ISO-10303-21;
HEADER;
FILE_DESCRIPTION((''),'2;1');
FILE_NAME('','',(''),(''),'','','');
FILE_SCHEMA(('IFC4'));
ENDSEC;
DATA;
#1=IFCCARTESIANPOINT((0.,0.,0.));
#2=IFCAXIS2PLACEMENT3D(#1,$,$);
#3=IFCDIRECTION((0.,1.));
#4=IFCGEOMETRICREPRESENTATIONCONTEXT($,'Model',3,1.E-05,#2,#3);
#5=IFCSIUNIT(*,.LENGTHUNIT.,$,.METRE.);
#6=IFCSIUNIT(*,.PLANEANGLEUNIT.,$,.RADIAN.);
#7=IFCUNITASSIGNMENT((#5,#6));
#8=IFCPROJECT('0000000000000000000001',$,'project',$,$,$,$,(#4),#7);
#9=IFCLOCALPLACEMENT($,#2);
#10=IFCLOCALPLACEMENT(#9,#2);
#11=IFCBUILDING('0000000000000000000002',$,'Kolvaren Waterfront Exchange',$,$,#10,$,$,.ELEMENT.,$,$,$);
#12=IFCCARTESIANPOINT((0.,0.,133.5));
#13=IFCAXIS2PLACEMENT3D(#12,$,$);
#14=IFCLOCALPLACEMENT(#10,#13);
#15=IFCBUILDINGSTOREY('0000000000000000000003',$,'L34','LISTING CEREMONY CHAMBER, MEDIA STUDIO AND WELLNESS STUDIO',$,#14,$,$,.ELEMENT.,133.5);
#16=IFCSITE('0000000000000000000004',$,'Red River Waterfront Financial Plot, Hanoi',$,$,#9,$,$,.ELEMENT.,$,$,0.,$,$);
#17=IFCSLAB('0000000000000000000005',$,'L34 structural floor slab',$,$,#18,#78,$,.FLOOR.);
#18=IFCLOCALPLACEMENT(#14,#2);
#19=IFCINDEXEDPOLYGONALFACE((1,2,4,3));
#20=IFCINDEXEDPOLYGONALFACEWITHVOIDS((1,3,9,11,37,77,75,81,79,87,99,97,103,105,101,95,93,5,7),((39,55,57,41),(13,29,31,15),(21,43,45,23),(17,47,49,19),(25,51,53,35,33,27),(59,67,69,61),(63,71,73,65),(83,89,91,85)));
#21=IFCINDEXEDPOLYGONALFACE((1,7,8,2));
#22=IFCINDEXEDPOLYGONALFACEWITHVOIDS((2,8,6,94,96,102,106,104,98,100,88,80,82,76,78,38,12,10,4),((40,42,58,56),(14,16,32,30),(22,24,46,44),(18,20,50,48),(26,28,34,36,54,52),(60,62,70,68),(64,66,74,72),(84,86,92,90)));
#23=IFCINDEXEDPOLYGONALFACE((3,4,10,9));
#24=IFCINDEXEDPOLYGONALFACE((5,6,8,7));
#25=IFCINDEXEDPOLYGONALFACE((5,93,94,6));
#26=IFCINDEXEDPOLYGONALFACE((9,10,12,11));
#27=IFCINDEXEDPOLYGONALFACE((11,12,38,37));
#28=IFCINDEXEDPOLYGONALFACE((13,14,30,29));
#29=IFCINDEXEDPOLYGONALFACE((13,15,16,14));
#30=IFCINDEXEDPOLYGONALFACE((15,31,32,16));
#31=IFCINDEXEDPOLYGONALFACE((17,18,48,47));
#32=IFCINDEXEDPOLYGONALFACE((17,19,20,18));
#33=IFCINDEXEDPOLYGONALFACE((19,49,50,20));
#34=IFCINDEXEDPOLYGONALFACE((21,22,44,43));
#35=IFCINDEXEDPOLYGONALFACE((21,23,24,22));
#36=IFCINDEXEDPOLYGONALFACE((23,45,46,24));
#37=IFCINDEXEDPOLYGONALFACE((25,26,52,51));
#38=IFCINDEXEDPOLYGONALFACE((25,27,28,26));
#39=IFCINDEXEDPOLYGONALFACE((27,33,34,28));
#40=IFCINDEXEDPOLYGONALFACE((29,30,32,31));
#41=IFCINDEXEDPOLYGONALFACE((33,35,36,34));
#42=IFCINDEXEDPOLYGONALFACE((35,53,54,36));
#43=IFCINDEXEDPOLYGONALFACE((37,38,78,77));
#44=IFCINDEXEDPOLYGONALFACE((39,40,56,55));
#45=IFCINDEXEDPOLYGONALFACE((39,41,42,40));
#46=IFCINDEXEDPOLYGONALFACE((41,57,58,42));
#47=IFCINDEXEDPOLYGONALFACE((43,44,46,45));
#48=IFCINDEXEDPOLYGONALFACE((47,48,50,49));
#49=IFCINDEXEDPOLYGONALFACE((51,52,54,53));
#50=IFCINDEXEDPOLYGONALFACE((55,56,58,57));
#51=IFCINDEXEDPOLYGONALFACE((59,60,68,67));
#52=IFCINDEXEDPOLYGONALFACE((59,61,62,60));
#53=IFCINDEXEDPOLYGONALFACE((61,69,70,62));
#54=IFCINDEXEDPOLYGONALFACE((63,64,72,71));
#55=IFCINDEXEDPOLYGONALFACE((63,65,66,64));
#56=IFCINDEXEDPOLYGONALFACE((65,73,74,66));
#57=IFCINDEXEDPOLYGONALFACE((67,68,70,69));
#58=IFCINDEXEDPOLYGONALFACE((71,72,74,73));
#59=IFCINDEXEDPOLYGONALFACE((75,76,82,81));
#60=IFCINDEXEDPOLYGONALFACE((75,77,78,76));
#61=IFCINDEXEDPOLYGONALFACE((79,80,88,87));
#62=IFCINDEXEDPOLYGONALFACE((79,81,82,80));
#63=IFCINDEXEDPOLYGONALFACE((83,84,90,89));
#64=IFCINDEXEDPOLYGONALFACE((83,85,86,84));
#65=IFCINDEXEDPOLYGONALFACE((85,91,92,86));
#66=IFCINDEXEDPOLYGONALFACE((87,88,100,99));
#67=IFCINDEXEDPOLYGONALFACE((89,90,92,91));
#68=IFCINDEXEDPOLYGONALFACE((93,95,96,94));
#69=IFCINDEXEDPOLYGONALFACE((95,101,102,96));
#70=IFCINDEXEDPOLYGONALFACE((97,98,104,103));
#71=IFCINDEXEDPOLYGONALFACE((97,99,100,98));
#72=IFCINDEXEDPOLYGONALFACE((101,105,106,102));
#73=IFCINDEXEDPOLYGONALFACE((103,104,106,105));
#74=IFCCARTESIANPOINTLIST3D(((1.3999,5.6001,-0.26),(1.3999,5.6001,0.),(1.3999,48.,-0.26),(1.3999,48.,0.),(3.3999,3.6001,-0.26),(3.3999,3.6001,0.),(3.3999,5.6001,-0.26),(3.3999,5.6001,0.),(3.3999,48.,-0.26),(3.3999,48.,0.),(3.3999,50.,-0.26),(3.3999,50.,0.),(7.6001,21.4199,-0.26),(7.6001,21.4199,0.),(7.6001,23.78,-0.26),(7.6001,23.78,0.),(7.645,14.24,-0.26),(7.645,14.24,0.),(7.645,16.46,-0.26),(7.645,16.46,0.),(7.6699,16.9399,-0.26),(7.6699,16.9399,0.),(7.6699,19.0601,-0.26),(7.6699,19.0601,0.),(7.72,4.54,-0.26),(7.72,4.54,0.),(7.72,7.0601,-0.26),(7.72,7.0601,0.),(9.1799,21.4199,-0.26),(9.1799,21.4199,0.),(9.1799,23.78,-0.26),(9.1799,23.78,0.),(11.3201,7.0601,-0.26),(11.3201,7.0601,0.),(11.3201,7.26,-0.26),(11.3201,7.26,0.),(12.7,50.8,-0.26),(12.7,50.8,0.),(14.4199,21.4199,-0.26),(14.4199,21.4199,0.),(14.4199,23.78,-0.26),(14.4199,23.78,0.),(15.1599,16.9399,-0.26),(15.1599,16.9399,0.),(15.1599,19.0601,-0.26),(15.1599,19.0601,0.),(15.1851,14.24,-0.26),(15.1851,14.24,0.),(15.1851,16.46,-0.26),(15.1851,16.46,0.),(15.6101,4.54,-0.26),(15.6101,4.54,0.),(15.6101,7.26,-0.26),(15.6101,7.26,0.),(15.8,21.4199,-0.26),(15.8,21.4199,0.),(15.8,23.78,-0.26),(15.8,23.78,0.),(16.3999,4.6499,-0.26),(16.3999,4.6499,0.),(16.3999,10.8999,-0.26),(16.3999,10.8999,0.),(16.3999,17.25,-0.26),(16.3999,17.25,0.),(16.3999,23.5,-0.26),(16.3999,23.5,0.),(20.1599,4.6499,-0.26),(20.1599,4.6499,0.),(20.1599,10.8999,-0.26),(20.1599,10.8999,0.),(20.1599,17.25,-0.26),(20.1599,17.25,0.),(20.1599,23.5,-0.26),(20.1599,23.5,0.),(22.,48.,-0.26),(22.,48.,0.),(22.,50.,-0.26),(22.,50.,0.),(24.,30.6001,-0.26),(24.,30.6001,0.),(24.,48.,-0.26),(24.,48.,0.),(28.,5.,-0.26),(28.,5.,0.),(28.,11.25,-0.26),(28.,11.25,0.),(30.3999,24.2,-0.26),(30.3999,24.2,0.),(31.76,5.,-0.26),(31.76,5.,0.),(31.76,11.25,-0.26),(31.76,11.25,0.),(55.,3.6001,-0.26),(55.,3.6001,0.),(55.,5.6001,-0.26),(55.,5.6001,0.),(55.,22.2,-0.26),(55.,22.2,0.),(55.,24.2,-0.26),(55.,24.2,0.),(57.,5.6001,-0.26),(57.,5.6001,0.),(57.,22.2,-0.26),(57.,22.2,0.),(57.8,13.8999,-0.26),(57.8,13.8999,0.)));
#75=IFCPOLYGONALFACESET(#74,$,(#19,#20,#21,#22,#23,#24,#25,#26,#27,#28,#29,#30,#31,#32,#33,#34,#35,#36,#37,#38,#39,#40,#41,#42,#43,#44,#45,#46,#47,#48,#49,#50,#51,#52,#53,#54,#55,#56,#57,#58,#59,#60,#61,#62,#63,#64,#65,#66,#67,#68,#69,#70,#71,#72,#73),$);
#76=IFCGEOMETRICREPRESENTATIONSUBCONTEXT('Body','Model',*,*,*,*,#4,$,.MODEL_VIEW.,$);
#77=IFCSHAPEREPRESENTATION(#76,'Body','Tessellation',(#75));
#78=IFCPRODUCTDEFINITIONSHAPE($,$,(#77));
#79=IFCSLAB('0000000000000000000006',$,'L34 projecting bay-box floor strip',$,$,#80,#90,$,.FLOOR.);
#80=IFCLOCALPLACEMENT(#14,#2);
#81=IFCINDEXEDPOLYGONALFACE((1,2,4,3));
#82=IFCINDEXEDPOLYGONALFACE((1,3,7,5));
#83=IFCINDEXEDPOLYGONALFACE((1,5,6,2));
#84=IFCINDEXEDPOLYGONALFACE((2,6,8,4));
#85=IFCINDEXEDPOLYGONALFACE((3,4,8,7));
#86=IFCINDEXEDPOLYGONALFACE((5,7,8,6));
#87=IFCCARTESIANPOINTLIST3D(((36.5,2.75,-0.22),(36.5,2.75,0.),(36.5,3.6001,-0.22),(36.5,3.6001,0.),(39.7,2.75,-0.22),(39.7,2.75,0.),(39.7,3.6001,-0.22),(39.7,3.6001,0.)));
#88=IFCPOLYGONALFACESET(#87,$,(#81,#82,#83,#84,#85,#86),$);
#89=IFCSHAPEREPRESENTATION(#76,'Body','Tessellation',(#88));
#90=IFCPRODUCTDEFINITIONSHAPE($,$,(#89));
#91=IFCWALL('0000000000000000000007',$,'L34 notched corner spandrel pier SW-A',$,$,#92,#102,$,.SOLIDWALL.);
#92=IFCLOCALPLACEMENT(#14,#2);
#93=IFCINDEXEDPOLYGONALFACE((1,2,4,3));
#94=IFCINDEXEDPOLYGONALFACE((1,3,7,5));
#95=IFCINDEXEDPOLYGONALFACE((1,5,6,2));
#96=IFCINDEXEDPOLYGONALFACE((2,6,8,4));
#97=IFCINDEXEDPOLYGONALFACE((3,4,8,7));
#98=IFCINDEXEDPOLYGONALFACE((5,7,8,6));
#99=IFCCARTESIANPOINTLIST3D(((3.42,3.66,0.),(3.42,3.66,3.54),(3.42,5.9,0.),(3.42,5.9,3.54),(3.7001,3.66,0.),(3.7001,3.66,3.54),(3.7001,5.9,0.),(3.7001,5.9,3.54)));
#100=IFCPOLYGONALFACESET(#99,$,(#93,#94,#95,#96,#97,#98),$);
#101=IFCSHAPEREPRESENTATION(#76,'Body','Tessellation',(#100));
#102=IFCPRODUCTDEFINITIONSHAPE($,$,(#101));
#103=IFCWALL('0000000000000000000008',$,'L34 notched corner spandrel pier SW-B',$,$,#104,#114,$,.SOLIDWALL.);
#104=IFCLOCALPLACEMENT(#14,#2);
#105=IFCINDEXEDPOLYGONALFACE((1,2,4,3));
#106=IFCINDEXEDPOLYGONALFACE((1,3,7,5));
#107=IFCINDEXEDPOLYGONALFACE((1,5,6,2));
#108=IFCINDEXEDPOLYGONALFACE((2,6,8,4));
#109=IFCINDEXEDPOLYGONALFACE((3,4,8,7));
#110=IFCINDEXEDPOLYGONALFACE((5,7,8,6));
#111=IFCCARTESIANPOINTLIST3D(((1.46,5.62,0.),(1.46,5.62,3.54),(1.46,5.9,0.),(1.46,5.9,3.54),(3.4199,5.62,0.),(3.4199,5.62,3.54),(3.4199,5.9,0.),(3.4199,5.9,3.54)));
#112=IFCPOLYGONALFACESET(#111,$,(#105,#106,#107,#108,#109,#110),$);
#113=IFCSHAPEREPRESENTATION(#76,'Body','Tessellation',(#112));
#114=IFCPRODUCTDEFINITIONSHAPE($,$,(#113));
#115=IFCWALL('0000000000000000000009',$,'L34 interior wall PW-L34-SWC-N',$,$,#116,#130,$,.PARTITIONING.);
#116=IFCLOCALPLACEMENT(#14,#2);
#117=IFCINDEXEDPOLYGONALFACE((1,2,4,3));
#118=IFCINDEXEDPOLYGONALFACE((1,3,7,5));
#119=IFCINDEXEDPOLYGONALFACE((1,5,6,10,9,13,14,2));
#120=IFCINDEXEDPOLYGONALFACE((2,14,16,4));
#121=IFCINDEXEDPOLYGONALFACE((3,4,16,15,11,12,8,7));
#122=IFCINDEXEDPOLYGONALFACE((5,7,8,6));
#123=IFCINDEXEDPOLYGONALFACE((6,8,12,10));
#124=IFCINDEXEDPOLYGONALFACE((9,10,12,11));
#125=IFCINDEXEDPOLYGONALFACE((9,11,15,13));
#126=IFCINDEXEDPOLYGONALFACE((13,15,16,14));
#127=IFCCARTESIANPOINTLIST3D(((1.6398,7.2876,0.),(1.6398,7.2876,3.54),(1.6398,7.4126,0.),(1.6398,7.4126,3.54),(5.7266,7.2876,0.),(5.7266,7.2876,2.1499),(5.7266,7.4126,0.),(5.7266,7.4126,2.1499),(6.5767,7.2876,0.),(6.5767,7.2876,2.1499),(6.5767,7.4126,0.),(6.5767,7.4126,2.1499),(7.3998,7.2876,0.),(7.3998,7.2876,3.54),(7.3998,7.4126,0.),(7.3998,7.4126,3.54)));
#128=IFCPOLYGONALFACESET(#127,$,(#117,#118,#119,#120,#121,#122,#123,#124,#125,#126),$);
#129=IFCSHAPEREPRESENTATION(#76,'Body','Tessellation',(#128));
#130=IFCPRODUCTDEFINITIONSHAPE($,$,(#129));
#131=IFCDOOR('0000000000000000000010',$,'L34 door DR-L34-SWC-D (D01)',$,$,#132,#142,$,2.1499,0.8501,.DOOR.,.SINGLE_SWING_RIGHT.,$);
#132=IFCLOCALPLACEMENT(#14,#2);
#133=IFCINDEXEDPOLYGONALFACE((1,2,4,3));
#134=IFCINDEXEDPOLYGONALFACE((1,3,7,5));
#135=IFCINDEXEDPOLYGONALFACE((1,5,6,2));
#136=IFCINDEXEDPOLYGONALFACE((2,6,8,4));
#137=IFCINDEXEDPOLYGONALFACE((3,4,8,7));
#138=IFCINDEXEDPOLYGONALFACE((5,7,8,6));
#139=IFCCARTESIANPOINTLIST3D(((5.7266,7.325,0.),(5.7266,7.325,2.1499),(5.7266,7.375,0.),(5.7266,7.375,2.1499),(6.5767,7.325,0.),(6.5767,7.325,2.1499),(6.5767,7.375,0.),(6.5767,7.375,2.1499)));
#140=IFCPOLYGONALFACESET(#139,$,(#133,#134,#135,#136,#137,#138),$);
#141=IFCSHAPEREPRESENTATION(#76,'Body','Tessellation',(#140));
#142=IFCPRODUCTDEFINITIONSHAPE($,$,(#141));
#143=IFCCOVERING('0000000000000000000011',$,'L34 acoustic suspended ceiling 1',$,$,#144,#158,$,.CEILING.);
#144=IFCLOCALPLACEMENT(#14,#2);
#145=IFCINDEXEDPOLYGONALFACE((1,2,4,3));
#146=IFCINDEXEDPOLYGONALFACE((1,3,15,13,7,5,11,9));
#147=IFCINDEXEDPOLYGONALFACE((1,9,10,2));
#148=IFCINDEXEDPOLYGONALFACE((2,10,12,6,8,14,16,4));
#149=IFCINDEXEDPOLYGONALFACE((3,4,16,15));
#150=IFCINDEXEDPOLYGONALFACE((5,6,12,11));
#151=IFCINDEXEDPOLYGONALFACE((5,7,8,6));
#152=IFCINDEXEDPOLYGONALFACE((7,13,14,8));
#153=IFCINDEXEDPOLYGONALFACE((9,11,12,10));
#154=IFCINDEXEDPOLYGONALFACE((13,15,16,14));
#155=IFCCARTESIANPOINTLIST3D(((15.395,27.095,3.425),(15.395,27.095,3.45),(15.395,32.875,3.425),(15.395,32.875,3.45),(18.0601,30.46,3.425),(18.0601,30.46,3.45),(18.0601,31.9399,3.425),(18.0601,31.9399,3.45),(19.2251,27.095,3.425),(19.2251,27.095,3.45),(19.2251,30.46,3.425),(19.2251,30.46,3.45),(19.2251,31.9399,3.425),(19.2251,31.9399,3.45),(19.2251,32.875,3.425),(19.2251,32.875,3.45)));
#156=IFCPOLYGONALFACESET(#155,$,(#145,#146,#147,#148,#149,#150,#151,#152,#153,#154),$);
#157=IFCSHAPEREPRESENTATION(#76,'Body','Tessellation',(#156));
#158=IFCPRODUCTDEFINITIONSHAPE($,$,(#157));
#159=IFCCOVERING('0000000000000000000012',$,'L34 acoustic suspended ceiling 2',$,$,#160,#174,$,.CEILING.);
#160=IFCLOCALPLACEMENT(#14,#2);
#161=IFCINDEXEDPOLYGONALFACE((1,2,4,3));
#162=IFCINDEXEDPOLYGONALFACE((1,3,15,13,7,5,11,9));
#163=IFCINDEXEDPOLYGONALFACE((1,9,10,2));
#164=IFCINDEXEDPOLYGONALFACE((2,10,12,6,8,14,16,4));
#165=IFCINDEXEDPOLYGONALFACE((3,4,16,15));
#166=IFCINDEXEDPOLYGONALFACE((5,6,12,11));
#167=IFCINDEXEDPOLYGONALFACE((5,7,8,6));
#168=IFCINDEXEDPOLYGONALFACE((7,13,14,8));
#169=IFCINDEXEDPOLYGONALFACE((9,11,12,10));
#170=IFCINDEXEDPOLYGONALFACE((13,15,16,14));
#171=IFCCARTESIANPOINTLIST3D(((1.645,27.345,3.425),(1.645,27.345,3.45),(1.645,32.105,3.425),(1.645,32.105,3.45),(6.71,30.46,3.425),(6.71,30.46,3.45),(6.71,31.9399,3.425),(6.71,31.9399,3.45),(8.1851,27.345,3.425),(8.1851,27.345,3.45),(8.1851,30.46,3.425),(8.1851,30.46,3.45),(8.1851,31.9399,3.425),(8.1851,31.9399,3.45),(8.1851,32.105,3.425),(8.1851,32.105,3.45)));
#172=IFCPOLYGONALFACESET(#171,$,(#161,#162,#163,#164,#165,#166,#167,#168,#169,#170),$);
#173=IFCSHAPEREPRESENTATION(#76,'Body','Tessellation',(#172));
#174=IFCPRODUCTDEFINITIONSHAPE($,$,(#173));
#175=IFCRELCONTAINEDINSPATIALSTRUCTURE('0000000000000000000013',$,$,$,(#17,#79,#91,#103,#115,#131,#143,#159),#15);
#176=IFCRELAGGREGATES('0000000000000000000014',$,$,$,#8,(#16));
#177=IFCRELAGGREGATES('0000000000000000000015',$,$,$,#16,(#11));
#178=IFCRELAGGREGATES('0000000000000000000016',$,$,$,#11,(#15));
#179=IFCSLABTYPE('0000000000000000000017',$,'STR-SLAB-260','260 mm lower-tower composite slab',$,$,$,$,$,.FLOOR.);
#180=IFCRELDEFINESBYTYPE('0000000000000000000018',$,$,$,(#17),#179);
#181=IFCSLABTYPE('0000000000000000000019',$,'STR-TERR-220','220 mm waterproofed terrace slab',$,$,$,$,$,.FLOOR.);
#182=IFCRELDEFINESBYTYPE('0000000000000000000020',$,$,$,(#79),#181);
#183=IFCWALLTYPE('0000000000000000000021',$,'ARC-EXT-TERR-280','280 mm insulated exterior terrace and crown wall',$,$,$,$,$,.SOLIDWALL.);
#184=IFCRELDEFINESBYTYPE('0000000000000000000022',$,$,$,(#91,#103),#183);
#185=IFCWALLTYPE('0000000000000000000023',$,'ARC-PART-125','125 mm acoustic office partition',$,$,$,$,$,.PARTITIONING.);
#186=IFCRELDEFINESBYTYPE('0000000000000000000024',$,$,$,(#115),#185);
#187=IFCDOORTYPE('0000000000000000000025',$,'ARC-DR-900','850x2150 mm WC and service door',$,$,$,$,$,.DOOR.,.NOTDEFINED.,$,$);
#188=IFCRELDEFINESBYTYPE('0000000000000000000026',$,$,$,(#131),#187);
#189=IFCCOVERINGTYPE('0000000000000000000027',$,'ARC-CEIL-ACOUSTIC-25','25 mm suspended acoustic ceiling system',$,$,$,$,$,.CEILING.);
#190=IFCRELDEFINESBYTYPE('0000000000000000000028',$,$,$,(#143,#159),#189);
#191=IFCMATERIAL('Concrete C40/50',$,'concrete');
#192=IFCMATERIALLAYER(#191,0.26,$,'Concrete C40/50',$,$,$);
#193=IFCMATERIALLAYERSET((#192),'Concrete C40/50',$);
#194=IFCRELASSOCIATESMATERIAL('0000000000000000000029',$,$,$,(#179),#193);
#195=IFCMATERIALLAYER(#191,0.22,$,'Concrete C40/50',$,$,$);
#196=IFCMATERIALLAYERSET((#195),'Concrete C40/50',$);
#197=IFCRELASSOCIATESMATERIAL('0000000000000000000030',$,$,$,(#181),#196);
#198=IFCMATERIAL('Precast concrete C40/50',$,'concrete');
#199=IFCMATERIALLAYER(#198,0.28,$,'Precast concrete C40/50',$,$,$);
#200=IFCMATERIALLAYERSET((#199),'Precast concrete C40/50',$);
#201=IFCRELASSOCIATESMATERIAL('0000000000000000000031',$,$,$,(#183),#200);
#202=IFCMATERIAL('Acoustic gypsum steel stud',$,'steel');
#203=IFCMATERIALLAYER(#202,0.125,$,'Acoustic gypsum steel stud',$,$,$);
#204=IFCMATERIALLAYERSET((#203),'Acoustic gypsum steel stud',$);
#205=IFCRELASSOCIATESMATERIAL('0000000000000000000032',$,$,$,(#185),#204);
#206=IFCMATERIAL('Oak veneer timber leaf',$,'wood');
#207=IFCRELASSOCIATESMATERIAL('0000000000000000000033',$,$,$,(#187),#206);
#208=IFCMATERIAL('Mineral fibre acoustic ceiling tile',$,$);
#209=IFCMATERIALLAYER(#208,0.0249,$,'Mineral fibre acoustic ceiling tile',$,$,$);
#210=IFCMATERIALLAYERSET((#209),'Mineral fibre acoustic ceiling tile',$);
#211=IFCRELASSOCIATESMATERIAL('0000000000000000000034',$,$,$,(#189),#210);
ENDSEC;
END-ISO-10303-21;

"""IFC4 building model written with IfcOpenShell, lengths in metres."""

from ifc_helpers import new_model, si_unit, direction, frame, frame_2d, origin, place, context, subcontext, project, spatial, polyline, rectangle, outline, extrude, material, layer, layer_set, type_object, element, fill, save


model = new_model("IFC4")

# Units and contexts
model_context = context("Model", 3, precision=1e-05, world=origin(), true_north=direction((0.0, 1.0)))
body_context = subcontext(model_context, "Body", "Model", "MODEL_VIEW")
ifc_project = project(units=[si_unit("LENGTHUNIT", "METRE"), si_unit("PLANEANGLEUNIT", "RADIAN")], contexts=[model_context])

# Site, building, storey
site_placement = place(None, origin())
site = spatial("IfcSite", under=ifc_project, at=site_placement, Name="Red River Waterfront Financial Plot, Hanoi", CompositionType="ELEMENT", RefElevation=0.0)
building_placement = place(site_placement, origin())
building = spatial("IfcBuilding", under=site, at=building_placement, Name="Kolvaren Waterfront Exchange", CompositionType="ELEMENT")
storey_placement = place(building_placement, frame((0.0, 0.0, 133.5)))
storey = spatial("IfcBuildingStorey", under=building, at=storey_placement, Name="L34", Description="LISTING CEREMONY CHAMBER, MEDIA STUDIO AND WELLNESS STUDIO", CompositionType="ELEMENT", Elevation=133.5)

# Shared definitions
ifc_material_1 = material(Name="Concrete C40/50", Category="concrete")

# Slabs
ifc_layer_1 = layer(ifc_material_1, 0.26, Name="Concrete C40/50")
ifc_layer_set_1 = layer_set([ifc_layer_1], Name="Concrete C40/50")
slab_type_1 = type_object("IfcSlabType", Name="STR-SLAB-260", Description="260 mm lower-tower composite slab", PredefinedType="FLOOR", material=ifc_layer_set_1)
slab_1_placement = place(storey_placement, frame((0.0, 0.0, -0.26)))
element("IfcSlab", 1, at=slab_1_placement, inside=storey, type_object=slab_type_1, Name="L34 structural floor slab", PredefinedType="FLOOR", context=body_context, shape_type="SweptSolid", body=[
    extrude(outline(polyline([(3.3999, 3.6001), (55.0, 3.6001), (55.0, 5.6001), (57.0, 5.6001), (57.8, 13.8999), (57.0, 22.2), (55.0, 22.2), (55.0, 24.2), (30.3999, 24.2), (24.0, 30.6001), (24.0, 48.0), (22.0, 48.0), (22.0, 50.0), (12.7, 50.8), (3.3999, 50.0), (3.3999, 48.0), (1.3999, 48.0), (1.3999, 5.6001), (3.3999, 5.6001), (3.3999, 3.6001)]), holes=[polyline([(11.3201, 7.26), (15.6101, 7.26), (15.6101, 4.54), (7.72, 4.54), (7.72, 7.0601), (11.3201, 7.0601), (11.3201, 7.26)]), polyline([(20.1599, 10.8999), (20.1599, 4.6499), (16.3999, 4.6499), (16.3999, 10.8999), (20.1599, 10.8999)]), polyline([(31.76, 11.25), (31.76, 5.0), (28.0, 5.0), (28.0, 11.25), (31.76, 11.25)]), polyline([(15.1851, 14.24), (7.645, 14.24), (7.645, 16.46), (15.1851, 16.46), (15.1851, 14.24)]), polyline([(15.1599, 16.9399), (7.6699, 16.9399), (7.6699, 19.0601), (15.1599, 19.0601), (15.1599, 16.9399)]), polyline([(16.3999, 23.5), (20.1599, 23.5), (20.1599, 17.25), (16.3999, 17.25), (16.3999, 23.5)]), polyline([(7.6001, 23.78), (9.1799, 23.78), (9.1799, 21.4199), (7.6001, 21.4199), (7.6001, 23.78)]), polyline([(15.8, 23.78), (15.8, 21.4199), (14.4199, 21.4199), (14.4199, 23.78), (15.8, 23.78)])]), origin(), (0.0, 0.0, 1.0), 0.26),
])
ifc_layer_2 = layer(ifc_material_1, 0.22, Name="Concrete C40/50")
ifc_layer_set_2 = layer_set([ifc_layer_2], Name="Concrete C40/50")
slab_type_2 = type_object("IfcSlabType", Name="STR-TERR-220", Description="220 mm waterproofed terrace slab", PredefinedType="FLOOR", material=ifc_layer_set_2)
slab_2_placement = place(storey_placement, frame((0.0, 0.0, -0.22)))
element("IfcSlab", 2, at=slab_2_placement, inside=storey, type_object=slab_type_2, Name="L34 projecting bay-box floor strip", PredefinedType="FLOOR", context=body_context, shape_type="SweptSolid", body=[
    extrude(outline(polyline([(36.5, 2.75), (39.7, 2.75), (39.7, 3.6001), (36.5, 3.6001), (36.5, 2.75)])), origin(), (0.0, 0.0, 1.0), 0.22),
])

# Walls
ifc_material_2 = material(Name="Precast concrete C40/50", Category="concrete")
ifc_layer_3 = layer(ifc_material_2, 0.28, Name="Precast concrete C40/50")
ifc_layer_set_3 = layer_set([ifc_layer_3], Name="Precast concrete C40/50")
wall_type_1 = type_object("IfcWallType", Name="ARC-EXT-TERR-280", Description="280 mm insulated exterior terrace and crown wall", PredefinedType="SOLIDWALL", material=ifc_layer_set_3)
wall_1_placement = place(storey_placement, frame((3.5601, 3.6599, 0.0), z_axis=(0.0, 0.0, 1.0), x_axis=(0.0, 1.0, 0.0)))
element("IfcWall", 3, at=wall_1_placement, inside=storey, type_object=wall_type_1, Name="L34 notched corner spandrel pier SW-A", PredefinedType="SOLIDWALL", context=body_context, shape_type="SweptSolid", body=[
    extrude(rectangle(XDim=2.24, YDim=0.28, at=frame_2d((1.1201, 0.0))), origin(), (0.0, 0.0, 1.0), 3.54),
])
wall_2_placement = place(storey_placement, frame((1.46, 5.76, 0.0), z_axis=(0.0, 0.0, 1.0), x_axis=(1.0, 0.0, 0.0)))
element("IfcWall", 4, at=wall_2_placement, inside=storey, type_object=wall_type_1, Name="L34 notched corner spandrel pier SW-B", PredefinedType="SOLIDWALL", context=body_context, shape_type="SweptSolid", body=[
    extrude(rectangle(XDim=1.96, YDim=0.28, at=frame_2d((0.98, 0.0))), origin(), (0.0, 0.0, 1.0), 3.54),
])

# Wall, opening, door
ifc_material_3 = material(Name="Acoustic gypsum steel stud", Category="steel")
ifc_layer_4 = layer(ifc_material_3, 0.125, Name="Acoustic gypsum steel stud")
ifc_layer_set_4 = layer_set([ifc_layer_4], Name="Acoustic gypsum steel stud")
wall_type_2 = type_object("IfcWallType", Name="ARC-PART-125", Description="125 mm acoustic office partition", PredefinedType="PARTITIONING", material=ifc_layer_set_4)
wall_3_placement = place(storey_placement, frame((1.6399, 7.3501, 0.0), z_axis=(0.0, 0.0, 1.0), x_axis=(1.0, 0.0, 0.0)))
wall_3 = element("IfcWall", 5, at=wall_3_placement, inside=storey, type_object=wall_type_2, Name="L34 interior wall PW-L34-SWC-N", PredefinedType="PARTITIONING", context=body_context, shape_type="SweptSolid", body=[
    extrude(rectangle(XDim=5.76, YDim=0.125, at=frame_2d((2.8799, 0.0))), origin(), (0.0, 0.0, 1.0), 3.54),
])
opening_placement = place(wall_3_placement, frame((4.0867, 0.0, 0.0)))
opening = element("IfcOpeningElement", 6, at=opening_placement, cuts=wall_3, PredefinedType="OPENING", context=body_context, shape_type="SweptSolid", body=[
    extrude(rectangle(XDim=0.8501, YDim=2.1499, at=frame_2d((0.425, 1.075))), frame((0.0, 0.0725, 0.0), z_axis=(0.0, -1.0, 0.0), x_axis=(1.0, 0.0, 0.0)), (0.0, 0.0, 1.0), 0.145),
])
ifc_material_4 = material(Name="Oak veneer timber leaf", Category="wood")
door_type = type_object("IfcDoorType", Name="ARC-DR-900", Description="850x2150 mm WC and service door", OperationType="NOTDEFINED", PredefinedType="DOOR", material=ifc_material_4)
door_placement = place(opening_placement, origin())
door = element("IfcDoor", 7, at=door_placement, inside=storey, type_object=door_type, Name="L34 door DR-L34-SWC-D (D01)", OperationType="SINGLE_SWING_RIGHT", OverallHeight=2.1499, OverallWidth=0.8501, PredefinedType="DOOR", context=body_context, shape_type="SweptSolid", body=[
    extrude(rectangle(XDim=0.8501, YDim=2.1499, at=frame_2d((0.425, 1.075))), frame((0.0, 0.0249, 0.0), z_axis=(0.0, -1.0, 0.0), x_axis=(1.0, 0.0, 0.0)), (0.0, 0.0, 1.0), 0.05),
])
fill(opening, door)

# Coverings
ifc_material_5 = material(Name="Mineral fibre acoustic ceiling tile")
ifc_layer_5 = layer(ifc_material_5, 0.0249, Name="Mineral fibre acoustic ceiling tile")
ifc_layer_set_5 = layer_set([ifc_layer_5], Name="Mineral fibre acoustic ceiling tile")
covering_type_1 = type_object("IfcCoveringType", Name="ARC-CEIL-ACOUSTIC-25", Description="25 mm suspended acoustic ceiling system", PredefinedType="CEILING", material=ifc_layer_set_5)
covering_1_placement = place(storey_placement, frame((0.0, 0.0, 3.425)))
element("IfcCovering", 8, at=covering_1_placement, inside=storey, type_object=covering_type_1, Name="L34 acoustic suspended ceiling 1", PredefinedType="CEILING", context=body_context, shape_type="SweptSolid", body=[
    extrude(outline(polyline([(19.2251, 30.46), (18.0601, 30.46), (18.0601, 31.9399), (19.2251, 31.9399), (19.2251, 32.875), (15.395, 32.875), (15.395, 27.095), (19.2251, 27.095), (19.2251, 30.46)])), origin(), (0.0, 0.0, 1.0), 0.0249),
])
covering_2_placement = place(storey_placement, frame((0.0, 0.0, 3.425)))
element("IfcCovering", 9, at=covering_2_placement, inside=storey, type_object=covering_type_1, Name="L34 acoustic suspended ceiling 2", PredefinedType="CEILING", context=body_context, shape_type="SweptSolid", body=[
    extrude(outline(polyline([(8.1851, 30.46), (6.71, 30.46), (6.71, 31.9399), (8.1851, 31.9399), (8.1851, 32.105), (1.645, 32.105), (1.645, 27.345), (8.1851, 27.345), (8.1851, 30.46)])), origin(), (0.0, 0.0, 1.0), 0.0249),
])

save(model, "model.ifc")
